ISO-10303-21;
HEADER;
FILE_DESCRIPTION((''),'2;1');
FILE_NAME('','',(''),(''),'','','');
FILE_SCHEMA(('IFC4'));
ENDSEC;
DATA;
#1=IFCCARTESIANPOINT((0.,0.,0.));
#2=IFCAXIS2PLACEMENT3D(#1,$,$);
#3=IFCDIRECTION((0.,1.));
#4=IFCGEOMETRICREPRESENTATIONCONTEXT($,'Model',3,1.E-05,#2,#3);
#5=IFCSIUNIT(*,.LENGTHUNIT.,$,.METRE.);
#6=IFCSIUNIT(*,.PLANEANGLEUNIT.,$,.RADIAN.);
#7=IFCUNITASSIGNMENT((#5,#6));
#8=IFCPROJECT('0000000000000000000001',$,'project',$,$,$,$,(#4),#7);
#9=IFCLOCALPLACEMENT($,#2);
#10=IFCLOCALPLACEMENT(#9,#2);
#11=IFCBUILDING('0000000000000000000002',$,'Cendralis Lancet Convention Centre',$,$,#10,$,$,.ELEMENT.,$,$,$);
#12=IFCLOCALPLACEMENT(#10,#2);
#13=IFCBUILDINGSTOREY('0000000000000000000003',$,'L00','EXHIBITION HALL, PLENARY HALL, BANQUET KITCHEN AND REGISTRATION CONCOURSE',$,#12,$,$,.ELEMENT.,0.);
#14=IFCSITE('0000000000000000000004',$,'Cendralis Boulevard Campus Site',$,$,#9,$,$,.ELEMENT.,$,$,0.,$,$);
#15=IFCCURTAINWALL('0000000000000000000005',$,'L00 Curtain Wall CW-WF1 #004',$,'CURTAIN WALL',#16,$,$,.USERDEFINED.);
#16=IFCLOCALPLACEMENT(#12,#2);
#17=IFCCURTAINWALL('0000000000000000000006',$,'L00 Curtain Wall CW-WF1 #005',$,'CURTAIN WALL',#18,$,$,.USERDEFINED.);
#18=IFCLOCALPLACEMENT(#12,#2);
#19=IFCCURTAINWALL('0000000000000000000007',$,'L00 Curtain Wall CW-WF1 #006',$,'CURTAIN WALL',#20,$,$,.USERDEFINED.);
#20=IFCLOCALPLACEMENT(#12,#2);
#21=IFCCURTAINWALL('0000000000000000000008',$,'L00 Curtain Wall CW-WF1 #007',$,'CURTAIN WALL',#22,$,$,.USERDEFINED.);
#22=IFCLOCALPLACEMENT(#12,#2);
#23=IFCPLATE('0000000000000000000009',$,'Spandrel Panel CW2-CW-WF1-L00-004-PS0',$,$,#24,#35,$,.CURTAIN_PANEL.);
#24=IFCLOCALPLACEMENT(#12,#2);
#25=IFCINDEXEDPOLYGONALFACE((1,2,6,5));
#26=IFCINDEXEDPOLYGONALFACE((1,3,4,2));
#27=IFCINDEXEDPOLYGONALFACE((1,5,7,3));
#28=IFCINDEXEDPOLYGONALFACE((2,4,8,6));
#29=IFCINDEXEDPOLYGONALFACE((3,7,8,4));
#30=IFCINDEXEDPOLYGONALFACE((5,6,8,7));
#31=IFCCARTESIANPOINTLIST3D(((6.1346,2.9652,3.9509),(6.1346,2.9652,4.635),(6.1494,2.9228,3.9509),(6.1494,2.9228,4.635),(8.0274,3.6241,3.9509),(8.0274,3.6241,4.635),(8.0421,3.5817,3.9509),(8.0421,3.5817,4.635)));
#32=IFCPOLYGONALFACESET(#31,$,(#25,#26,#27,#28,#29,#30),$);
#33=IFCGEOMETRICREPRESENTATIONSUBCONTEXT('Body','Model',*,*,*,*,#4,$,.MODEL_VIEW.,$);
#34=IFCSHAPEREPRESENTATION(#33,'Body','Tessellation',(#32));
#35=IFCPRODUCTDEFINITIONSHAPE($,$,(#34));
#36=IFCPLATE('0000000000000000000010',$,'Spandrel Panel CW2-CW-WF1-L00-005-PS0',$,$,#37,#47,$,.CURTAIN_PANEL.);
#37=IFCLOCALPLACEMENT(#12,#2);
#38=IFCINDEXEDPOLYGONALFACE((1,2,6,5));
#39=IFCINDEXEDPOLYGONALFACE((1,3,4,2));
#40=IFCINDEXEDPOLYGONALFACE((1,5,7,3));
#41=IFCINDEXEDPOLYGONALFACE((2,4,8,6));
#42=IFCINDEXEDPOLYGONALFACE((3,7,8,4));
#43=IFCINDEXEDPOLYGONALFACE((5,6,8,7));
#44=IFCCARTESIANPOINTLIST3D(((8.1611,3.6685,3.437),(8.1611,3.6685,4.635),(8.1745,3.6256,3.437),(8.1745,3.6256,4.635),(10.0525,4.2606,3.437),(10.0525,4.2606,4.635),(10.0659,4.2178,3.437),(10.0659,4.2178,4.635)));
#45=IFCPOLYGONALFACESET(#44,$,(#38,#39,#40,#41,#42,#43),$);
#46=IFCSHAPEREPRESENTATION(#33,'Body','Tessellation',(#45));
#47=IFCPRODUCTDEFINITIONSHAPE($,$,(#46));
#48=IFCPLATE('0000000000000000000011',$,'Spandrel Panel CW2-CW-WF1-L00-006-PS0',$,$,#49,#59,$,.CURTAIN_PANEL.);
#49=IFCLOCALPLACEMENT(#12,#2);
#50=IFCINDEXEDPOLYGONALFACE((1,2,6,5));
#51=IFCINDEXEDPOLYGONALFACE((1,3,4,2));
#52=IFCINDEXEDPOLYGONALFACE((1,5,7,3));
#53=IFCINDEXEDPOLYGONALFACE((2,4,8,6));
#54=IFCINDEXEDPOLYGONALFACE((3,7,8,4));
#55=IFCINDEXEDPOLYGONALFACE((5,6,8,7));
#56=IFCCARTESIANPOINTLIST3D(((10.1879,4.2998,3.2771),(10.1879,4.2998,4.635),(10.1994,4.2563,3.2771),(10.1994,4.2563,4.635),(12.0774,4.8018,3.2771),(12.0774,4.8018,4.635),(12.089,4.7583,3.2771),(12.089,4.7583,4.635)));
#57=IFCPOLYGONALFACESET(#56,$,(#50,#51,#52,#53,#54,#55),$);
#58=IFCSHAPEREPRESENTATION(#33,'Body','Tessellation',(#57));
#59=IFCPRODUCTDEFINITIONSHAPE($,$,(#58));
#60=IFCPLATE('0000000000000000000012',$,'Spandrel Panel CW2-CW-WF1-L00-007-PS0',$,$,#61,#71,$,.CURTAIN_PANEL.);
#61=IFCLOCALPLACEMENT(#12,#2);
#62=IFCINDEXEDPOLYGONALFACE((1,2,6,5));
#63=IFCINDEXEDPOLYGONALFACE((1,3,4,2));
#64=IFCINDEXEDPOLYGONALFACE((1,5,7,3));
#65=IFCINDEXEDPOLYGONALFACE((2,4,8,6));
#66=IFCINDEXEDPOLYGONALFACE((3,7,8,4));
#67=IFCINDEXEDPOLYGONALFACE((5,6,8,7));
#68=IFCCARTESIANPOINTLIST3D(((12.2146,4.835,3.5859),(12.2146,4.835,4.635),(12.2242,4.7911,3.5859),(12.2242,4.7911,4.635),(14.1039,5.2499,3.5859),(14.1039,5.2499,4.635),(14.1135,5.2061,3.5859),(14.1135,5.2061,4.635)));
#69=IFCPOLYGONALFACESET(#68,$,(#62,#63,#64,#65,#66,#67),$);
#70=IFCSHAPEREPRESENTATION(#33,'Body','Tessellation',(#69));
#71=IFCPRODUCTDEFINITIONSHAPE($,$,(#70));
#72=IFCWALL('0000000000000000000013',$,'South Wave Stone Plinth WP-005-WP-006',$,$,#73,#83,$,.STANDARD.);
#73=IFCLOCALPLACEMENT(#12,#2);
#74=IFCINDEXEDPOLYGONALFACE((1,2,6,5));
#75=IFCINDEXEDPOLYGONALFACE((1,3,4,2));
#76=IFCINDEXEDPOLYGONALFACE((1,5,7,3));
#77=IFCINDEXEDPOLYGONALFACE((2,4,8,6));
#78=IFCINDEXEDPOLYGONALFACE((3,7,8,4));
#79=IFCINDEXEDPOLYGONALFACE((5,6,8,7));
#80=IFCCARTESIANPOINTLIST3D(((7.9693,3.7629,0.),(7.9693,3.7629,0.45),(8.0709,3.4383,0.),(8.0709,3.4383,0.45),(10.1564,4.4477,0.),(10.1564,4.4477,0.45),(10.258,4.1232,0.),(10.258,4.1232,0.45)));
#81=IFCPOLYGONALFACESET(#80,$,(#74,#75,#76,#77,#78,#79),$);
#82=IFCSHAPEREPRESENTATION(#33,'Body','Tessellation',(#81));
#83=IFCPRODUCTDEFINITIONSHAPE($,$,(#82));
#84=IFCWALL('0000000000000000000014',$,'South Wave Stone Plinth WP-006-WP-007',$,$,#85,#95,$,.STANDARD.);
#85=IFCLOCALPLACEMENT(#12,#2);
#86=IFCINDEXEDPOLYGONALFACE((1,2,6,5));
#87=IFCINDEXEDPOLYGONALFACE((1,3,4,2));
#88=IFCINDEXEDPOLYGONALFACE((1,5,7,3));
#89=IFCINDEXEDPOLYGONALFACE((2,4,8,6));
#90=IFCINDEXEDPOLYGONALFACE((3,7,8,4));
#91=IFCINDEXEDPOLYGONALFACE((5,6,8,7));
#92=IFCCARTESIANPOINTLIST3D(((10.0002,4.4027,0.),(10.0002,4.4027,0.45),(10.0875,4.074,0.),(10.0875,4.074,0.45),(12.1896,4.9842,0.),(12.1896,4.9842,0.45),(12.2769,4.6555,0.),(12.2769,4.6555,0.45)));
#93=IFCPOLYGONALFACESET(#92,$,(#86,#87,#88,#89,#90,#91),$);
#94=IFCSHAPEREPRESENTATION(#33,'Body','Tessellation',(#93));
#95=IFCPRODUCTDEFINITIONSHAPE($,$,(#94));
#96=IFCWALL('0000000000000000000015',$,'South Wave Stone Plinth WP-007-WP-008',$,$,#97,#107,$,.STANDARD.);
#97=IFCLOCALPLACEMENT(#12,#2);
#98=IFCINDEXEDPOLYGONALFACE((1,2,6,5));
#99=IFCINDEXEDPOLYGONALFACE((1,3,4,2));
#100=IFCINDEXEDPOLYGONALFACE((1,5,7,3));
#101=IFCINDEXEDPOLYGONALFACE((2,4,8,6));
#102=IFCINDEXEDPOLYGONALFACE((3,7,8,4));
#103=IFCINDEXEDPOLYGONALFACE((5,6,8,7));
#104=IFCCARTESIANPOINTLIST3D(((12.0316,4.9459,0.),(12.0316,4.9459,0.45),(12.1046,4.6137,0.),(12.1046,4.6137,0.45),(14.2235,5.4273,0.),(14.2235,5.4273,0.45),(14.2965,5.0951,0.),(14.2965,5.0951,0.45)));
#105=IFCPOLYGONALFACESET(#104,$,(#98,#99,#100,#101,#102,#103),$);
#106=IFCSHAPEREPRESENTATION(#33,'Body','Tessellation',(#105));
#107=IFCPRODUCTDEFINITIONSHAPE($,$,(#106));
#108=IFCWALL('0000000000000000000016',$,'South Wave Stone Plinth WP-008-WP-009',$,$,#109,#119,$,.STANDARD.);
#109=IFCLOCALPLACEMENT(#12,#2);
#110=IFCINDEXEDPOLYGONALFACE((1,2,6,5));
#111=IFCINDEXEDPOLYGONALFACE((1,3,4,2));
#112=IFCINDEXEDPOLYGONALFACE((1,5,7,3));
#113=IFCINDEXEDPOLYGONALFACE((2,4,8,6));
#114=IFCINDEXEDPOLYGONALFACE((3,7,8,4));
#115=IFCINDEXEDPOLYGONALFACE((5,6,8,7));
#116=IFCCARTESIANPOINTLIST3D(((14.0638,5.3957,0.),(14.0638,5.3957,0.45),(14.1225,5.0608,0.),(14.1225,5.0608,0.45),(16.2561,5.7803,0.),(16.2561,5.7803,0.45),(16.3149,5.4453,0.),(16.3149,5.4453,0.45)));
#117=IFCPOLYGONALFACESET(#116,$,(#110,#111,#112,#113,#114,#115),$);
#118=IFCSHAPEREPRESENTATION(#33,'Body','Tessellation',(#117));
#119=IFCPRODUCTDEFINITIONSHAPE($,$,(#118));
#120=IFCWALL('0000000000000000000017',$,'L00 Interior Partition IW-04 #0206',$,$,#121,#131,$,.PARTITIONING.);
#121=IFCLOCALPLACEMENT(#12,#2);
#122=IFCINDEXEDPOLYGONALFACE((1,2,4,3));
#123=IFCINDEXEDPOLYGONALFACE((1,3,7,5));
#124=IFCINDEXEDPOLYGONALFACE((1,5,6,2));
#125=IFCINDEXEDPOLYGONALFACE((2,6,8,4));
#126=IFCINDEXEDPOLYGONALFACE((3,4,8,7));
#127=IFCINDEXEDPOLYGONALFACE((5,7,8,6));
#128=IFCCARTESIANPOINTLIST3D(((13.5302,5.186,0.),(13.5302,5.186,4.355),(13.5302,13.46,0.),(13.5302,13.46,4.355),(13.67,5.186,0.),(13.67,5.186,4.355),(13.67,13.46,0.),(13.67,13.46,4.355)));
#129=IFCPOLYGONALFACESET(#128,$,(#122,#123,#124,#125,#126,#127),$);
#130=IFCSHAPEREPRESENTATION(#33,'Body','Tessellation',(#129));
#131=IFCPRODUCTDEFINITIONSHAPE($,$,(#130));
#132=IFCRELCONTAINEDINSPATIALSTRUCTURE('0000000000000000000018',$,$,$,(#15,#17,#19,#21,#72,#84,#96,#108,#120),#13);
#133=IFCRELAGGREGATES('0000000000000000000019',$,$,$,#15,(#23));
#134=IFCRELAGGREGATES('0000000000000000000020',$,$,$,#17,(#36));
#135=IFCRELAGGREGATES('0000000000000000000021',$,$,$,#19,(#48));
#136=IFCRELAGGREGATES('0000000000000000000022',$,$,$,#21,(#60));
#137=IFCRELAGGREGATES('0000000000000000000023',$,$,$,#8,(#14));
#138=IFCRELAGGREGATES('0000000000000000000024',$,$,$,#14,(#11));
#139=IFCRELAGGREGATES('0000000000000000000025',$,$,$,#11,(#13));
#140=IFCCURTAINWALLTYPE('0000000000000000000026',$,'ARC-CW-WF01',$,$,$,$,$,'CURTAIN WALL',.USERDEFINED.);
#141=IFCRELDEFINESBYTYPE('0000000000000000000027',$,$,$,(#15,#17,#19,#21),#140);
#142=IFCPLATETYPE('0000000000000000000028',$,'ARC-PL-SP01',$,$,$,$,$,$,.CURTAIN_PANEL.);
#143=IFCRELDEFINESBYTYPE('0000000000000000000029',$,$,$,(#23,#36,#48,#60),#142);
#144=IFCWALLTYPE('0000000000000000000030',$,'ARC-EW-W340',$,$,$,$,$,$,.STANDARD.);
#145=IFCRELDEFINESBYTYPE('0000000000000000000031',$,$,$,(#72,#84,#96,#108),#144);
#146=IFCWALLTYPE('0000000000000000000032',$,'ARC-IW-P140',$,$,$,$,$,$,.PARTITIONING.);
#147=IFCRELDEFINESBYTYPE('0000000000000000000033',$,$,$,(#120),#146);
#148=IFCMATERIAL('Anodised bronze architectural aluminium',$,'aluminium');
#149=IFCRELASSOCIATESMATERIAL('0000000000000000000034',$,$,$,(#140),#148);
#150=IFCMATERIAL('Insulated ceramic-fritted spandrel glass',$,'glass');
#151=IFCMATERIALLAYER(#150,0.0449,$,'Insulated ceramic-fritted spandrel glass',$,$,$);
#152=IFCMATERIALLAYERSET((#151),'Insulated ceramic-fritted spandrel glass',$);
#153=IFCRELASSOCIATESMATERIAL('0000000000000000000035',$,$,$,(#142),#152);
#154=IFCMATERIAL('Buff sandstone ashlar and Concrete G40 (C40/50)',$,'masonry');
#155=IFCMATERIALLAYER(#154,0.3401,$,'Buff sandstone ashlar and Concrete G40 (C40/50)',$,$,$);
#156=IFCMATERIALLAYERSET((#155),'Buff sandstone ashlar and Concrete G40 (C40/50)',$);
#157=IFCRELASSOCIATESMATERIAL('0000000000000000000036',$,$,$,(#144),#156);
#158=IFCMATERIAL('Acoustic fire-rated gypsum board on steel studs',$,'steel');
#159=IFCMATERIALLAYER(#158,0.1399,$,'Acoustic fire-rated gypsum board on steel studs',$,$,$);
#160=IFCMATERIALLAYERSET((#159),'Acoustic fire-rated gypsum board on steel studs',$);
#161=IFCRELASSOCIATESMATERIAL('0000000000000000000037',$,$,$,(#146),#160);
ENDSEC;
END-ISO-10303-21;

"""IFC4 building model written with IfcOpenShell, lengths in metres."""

from ifc_helpers import new_model, si_unit, direction, frame, frame_2d, origin, origin_2d, place, context, subcontext, project, spatial, rectangle, extrude, material, layer, layer_set, type_object, element, aggregate, save


model = new_model("IFC4")

# Units and contexts
model_context = context("Model", 3, precision=1e-05, world=origin(), true_north=direction((0.0, 1.0)))
body_context = subcontext(model_context, "Body", "Model", "MODEL_VIEW")
ifc_project = project(units=[si_unit("LENGTHUNIT", "METRE"), si_unit("PLANEANGLEUNIT", "RADIAN")], contexts=[model_context])

# Site, building, storey
site_placement = place(None, origin())
site = spatial("IfcSite", under=ifc_project, at=site_placement, Name="Cendralis Boulevard Campus Site", CompositionType="ELEMENT", RefElevation=0.0)
building_placement = place(site_placement, origin())
building = spatial("IfcBuilding", under=site, at=building_placement, Name="Cendralis Lancet Convention Centre", CompositionType="ELEMENT")
storey_placement = place(building_placement, origin())
storey = spatial("IfcBuildingStorey", under=building, at=storey_placement, Name="L00", Description="EXHIBITION HALL, PLENARY HALL, BANQUET KITCHEN AND REGISTRATION CONCOURSE", CompositionType="ELEMENT", Elevation=0.0)

# Curtain wall
ifc_material_1 = material(Name="Anodised bronze architectural aluminium", Category="aluminium")
curtain_wall_type = type_object("IfcCurtainWallType", Name="ARC-CW-WF01", ElementType="CURTAIN WALL", PredefinedType="USERDEFINED", material=ifc_material_1)
curtain_wall_1_placement = place(storey_placement, origin())
curtain_wall_1 = element("IfcCurtainWall", 1, at=curtain_wall_1_placement, inside=storey, type_object=curtain_wall_type, Name="L00 Curtain Wall CW-WF1 #004", ObjectType="CURTAIN WALL", PredefinedType="USERDEFINED")

# Curtain walls
curtain_wall_2_placement = place(storey_placement, origin())
curtain_wall_2 = element("IfcCurtainWall", 2, at=curtain_wall_2_placement, inside=storey, type_object=curtain_wall_type, Name="L00 Curtain Wall CW-WF1 #005", ObjectType="CURTAIN WALL", PredefinedType="USERDEFINED")
curtain_wall_3_placement = place(storey_placement, origin())
curtain_wall_3 = element("IfcCurtainWall", 3, at=curtain_wall_3_placement, inside=storey, type_object=curtain_wall_type, Name="L00 Curtain Wall CW-WF1 #006", ObjectType="CURTAIN WALL", PredefinedType="USERDEFINED")
curtain_wall_4_placement = place(storey_placement, origin())
curtain_wall_4 = element("IfcCurtainWall", 4, at=curtain_wall_4_placement, inside=storey, type_object=curtain_wall_type, Name="L00 Curtain Wall CW-WF1 #007", ObjectType="CURTAIN WALL", PredefinedType="USERDEFINED")

# Plates
ifc_material_2 = material(Name="Insulated ceramic-fritted spandrel glass", Category="glass")
ifc_layer_1 = layer(ifc_material_2, 0.0449, Name="Insulated ceramic-fritted spandrel glass")
ifc_layer_set_1 = layer_set([ifc_layer_1], Name="Insulated ceramic-fritted spandrel glass")
plate_type_1 = type_object("IfcPlateType", Name="ARC-PL-SP01", PredefinedType="CURTAIN_PANEL", material=ifc_layer_set_1)
plate_1_placement = place(storey_placement, frame((7.0884, 3.2734, 3.9509), z_axis=(0.0, 0.0, 1.0), x_axis=(0.944402, 0.328792, 0.0)))
plate_1 = element("IfcPlate", 5, at=plate_1_placement, type_object=plate_type_1, Name="Spandrel Panel CW2-CW-WF1-L00-004-PS0", PredefinedType="CURTAIN_PANEL", context=body_context, shape_type="SweptSolid", body=[
    extrude(rectangle(XDim=2.0042, YDim=0.0449, at=origin_2d()), origin(), (0.0, 0.0, 1.0), 0.6841),
])
aggregate(curtain_wall_1, [plate_1])
plate_2_placement = place(storey_placement, frame((9.1135, 3.9431, 3.437), z_axis=(0.0, 0.0, 1.0), x_axis=(0.954321, 0.298785, 0.0)))
plate_2 = element("IfcPlate", 6, at=plate_2_placement, type_object=plate_type_1, Name="Spandrel Panel CW2-CW-WF1-L00-005-PS0", PredefinedType="CURTAIN_PANEL", context=body_context, shape_type="SweptSolid", body=[
    extrude(rectangle(XDim=1.9819, YDim=0.0449, at=origin_2d()), origin(), (0.0, 0.0, 1.0), 1.198),
])
aggregate(curtain_wall_2, [plate_2])
plate_3_placement = place(storey_placement, frame((11.1384, 4.5291, 3.2771), z_axis=(0.0, 0.0, 1.0), x_axis=(0.966472, 0.256771, 0.0)))
plate_3 = element("IfcPlate", 7, at=plate_3_placement, type_object=plate_type_1, Name="Spandrel Panel CW2-CW-WF1-L00-006-PS0", PredefinedType="CURTAIN_PANEL", context=body_context, shape_type="SweptSolid", body=[
    extrude(rectangle(XDim=1.9551, YDim=0.0449, at=origin_2d()), origin(), (0.0, 0.0, 1.0), 1.3579),
])
aggregate(curtain_wall_3, [plate_3])
plate_4_placement = place(storey_placement, frame((13.1641, 5.0205, 3.5859), z_axis=(0.0, 0.0, 1.0), x_axis=(0.976717, 0.214531, 0.0)))
plate_4 = element("IfcPlate", 8, at=plate_4_placement, type_object=plate_type_1, Name="Spandrel Panel CW2-CW-WF1-L00-007-PS0", PredefinedType="CURTAIN_PANEL", context=body_context, shape_type="SweptSolid", body=[
    extrude(rectangle(XDim=1.9343, YDim=0.0449, at=origin_2d()), origin(), (0.0, 0.0, 1.0), 1.0491),
])
aggregate(curtain_wall_4, [plate_4])

# Walls
ifc_material_3 = material(Name="Buff sandstone ashlar and Concrete G40 (C40/50)", Category="masonry")
ifc_layer_2 = layer(ifc_material_3, 0.3401, Name="Buff sandstone ashlar and Concrete G40 (C40/50)")
ifc_layer_set_2 = layer_set([ifc_layer_2], Name="Buff sandstone ashlar and Concrete G40 (C40/50)")
wall_type_1 = type_object("IfcWallType", Name="ARC-EW-W340", PredefinedType="STANDARD", material=ifc_layer_set_2)
wall_1_placement = place(storey_placement, frame((8.02, 3.6006, 0.0), z_axis=(0.0, 0.0, 1.0), x_axis=(0.954309, 0.298821, 0.0)))
element("IfcWall", 9, at=wall_1_placement, inside=storey, type_object=wall_type_1, Name="South Wave Stone Plinth WP-005-WP-006", PredefinedType="STANDARD", context=body_context, shape_type="SweptSolid", body=[
    extrude(rectangle(XDim=2.2917, YDim=0.3401, at=frame_2d((1.146, 0.0))), origin(), (0.0, 0.0, 1.0), 0.45),
])
wall_2_placement = place(storey_placement, frame((10.0437, 4.2383, 0.0), z_axis=(0.0, 0.0, 1.0), x_axis=(0.966488, 0.25671, 0.0)))
element("IfcWall", 10, at=wall_2_placement, inside=storey, type_object=wall_type_1, Name="South Wave Stone Plinth WP-006-WP-007", PredefinedType="STANDARD", context=body_context, shape_type="SweptSolid", body=[
    extrude(rectangle(XDim=2.2654, YDim=0.3401, at=frame_2d((1.1328, 0.0))), origin(), (0.0, 0.0, 1.0), 0.45),
])
wall_3_placement = place(storey_placement, frame((12.0681, 4.7798, 0.0), z_axis=(0.0, 0.0, 1.0), x_axis=(0.976717, 0.214534, 0.0)))
element("IfcWall", 11, at=wall_3_placement, inside=storey, type_object=wall_type_1, Name="South Wave Stone Plinth WP-007-WP-008", PredefinedType="STANDARD", context=body_context, shape_type="SweptSolid", body=[
    extrude(rectangle(XDim=2.2441, YDim=0.3401, at=frame_2d((1.1221, 0.0))), origin(), (0.0, 0.0, 1.0), 0.45),
])
wall_4_placement = place(storey_placement, frame((14.0933, 5.2283, 0.0), z_axis=(0.0, 0.0, 1.0), x_axis=(0.984965, 0.172753, 0.0)))
element("IfcWall", 12, at=wall_4_placement, inside=storey, type_object=wall_type_1, Name="South Wave Stone Plinth WP-008-WP-009", PredefinedType="STANDARD", context=body_context, shape_type="SweptSolid", body=[
    extrude(rectangle(XDim=2.2258, YDim=0.3401, at=frame_2d((1.1128, 0.0))), origin(), (0.0, 0.0, 1.0), 0.45),
])
ifc_material_4 = material(Name="Acoustic fire-rated gypsum board on steel studs", Category="steel")
ifc_layer_3 = layer(ifc_material_4, 0.1399, Name="Acoustic fire-rated gypsum board on steel studs")
ifc_layer_set_3 = layer_set([ifc_layer_3], Name="Acoustic fire-rated gypsum board on steel studs")
wall_type_2 = type_object("IfcWallType", Name="ARC-IW-P140", PredefinedType="PARTITIONING", material=ifc_layer_set_3)
wall_5_placement = place(storey_placement, frame((13.6001, 5.186, 0.0), z_axis=(0.0, 0.0, 1.0), x_axis=(0.0, 1.0, 0.0)))
element("IfcWall", 13, at=wall_5_placement, inside=storey, type_object=wall_type_2, Name="L00 Interior Partition IW-04 #0206", PredefinedType="PARTITIONING", context=body_context, shape_type="SweptSolid", body=[
    extrude(rectangle(XDim=8.2739, YDim=0.1399, at=frame_2d((4.137, 0.0))), origin(), (0.0, 0.0, 1.0), 4.355),
])

save(model, "model.ifc")
